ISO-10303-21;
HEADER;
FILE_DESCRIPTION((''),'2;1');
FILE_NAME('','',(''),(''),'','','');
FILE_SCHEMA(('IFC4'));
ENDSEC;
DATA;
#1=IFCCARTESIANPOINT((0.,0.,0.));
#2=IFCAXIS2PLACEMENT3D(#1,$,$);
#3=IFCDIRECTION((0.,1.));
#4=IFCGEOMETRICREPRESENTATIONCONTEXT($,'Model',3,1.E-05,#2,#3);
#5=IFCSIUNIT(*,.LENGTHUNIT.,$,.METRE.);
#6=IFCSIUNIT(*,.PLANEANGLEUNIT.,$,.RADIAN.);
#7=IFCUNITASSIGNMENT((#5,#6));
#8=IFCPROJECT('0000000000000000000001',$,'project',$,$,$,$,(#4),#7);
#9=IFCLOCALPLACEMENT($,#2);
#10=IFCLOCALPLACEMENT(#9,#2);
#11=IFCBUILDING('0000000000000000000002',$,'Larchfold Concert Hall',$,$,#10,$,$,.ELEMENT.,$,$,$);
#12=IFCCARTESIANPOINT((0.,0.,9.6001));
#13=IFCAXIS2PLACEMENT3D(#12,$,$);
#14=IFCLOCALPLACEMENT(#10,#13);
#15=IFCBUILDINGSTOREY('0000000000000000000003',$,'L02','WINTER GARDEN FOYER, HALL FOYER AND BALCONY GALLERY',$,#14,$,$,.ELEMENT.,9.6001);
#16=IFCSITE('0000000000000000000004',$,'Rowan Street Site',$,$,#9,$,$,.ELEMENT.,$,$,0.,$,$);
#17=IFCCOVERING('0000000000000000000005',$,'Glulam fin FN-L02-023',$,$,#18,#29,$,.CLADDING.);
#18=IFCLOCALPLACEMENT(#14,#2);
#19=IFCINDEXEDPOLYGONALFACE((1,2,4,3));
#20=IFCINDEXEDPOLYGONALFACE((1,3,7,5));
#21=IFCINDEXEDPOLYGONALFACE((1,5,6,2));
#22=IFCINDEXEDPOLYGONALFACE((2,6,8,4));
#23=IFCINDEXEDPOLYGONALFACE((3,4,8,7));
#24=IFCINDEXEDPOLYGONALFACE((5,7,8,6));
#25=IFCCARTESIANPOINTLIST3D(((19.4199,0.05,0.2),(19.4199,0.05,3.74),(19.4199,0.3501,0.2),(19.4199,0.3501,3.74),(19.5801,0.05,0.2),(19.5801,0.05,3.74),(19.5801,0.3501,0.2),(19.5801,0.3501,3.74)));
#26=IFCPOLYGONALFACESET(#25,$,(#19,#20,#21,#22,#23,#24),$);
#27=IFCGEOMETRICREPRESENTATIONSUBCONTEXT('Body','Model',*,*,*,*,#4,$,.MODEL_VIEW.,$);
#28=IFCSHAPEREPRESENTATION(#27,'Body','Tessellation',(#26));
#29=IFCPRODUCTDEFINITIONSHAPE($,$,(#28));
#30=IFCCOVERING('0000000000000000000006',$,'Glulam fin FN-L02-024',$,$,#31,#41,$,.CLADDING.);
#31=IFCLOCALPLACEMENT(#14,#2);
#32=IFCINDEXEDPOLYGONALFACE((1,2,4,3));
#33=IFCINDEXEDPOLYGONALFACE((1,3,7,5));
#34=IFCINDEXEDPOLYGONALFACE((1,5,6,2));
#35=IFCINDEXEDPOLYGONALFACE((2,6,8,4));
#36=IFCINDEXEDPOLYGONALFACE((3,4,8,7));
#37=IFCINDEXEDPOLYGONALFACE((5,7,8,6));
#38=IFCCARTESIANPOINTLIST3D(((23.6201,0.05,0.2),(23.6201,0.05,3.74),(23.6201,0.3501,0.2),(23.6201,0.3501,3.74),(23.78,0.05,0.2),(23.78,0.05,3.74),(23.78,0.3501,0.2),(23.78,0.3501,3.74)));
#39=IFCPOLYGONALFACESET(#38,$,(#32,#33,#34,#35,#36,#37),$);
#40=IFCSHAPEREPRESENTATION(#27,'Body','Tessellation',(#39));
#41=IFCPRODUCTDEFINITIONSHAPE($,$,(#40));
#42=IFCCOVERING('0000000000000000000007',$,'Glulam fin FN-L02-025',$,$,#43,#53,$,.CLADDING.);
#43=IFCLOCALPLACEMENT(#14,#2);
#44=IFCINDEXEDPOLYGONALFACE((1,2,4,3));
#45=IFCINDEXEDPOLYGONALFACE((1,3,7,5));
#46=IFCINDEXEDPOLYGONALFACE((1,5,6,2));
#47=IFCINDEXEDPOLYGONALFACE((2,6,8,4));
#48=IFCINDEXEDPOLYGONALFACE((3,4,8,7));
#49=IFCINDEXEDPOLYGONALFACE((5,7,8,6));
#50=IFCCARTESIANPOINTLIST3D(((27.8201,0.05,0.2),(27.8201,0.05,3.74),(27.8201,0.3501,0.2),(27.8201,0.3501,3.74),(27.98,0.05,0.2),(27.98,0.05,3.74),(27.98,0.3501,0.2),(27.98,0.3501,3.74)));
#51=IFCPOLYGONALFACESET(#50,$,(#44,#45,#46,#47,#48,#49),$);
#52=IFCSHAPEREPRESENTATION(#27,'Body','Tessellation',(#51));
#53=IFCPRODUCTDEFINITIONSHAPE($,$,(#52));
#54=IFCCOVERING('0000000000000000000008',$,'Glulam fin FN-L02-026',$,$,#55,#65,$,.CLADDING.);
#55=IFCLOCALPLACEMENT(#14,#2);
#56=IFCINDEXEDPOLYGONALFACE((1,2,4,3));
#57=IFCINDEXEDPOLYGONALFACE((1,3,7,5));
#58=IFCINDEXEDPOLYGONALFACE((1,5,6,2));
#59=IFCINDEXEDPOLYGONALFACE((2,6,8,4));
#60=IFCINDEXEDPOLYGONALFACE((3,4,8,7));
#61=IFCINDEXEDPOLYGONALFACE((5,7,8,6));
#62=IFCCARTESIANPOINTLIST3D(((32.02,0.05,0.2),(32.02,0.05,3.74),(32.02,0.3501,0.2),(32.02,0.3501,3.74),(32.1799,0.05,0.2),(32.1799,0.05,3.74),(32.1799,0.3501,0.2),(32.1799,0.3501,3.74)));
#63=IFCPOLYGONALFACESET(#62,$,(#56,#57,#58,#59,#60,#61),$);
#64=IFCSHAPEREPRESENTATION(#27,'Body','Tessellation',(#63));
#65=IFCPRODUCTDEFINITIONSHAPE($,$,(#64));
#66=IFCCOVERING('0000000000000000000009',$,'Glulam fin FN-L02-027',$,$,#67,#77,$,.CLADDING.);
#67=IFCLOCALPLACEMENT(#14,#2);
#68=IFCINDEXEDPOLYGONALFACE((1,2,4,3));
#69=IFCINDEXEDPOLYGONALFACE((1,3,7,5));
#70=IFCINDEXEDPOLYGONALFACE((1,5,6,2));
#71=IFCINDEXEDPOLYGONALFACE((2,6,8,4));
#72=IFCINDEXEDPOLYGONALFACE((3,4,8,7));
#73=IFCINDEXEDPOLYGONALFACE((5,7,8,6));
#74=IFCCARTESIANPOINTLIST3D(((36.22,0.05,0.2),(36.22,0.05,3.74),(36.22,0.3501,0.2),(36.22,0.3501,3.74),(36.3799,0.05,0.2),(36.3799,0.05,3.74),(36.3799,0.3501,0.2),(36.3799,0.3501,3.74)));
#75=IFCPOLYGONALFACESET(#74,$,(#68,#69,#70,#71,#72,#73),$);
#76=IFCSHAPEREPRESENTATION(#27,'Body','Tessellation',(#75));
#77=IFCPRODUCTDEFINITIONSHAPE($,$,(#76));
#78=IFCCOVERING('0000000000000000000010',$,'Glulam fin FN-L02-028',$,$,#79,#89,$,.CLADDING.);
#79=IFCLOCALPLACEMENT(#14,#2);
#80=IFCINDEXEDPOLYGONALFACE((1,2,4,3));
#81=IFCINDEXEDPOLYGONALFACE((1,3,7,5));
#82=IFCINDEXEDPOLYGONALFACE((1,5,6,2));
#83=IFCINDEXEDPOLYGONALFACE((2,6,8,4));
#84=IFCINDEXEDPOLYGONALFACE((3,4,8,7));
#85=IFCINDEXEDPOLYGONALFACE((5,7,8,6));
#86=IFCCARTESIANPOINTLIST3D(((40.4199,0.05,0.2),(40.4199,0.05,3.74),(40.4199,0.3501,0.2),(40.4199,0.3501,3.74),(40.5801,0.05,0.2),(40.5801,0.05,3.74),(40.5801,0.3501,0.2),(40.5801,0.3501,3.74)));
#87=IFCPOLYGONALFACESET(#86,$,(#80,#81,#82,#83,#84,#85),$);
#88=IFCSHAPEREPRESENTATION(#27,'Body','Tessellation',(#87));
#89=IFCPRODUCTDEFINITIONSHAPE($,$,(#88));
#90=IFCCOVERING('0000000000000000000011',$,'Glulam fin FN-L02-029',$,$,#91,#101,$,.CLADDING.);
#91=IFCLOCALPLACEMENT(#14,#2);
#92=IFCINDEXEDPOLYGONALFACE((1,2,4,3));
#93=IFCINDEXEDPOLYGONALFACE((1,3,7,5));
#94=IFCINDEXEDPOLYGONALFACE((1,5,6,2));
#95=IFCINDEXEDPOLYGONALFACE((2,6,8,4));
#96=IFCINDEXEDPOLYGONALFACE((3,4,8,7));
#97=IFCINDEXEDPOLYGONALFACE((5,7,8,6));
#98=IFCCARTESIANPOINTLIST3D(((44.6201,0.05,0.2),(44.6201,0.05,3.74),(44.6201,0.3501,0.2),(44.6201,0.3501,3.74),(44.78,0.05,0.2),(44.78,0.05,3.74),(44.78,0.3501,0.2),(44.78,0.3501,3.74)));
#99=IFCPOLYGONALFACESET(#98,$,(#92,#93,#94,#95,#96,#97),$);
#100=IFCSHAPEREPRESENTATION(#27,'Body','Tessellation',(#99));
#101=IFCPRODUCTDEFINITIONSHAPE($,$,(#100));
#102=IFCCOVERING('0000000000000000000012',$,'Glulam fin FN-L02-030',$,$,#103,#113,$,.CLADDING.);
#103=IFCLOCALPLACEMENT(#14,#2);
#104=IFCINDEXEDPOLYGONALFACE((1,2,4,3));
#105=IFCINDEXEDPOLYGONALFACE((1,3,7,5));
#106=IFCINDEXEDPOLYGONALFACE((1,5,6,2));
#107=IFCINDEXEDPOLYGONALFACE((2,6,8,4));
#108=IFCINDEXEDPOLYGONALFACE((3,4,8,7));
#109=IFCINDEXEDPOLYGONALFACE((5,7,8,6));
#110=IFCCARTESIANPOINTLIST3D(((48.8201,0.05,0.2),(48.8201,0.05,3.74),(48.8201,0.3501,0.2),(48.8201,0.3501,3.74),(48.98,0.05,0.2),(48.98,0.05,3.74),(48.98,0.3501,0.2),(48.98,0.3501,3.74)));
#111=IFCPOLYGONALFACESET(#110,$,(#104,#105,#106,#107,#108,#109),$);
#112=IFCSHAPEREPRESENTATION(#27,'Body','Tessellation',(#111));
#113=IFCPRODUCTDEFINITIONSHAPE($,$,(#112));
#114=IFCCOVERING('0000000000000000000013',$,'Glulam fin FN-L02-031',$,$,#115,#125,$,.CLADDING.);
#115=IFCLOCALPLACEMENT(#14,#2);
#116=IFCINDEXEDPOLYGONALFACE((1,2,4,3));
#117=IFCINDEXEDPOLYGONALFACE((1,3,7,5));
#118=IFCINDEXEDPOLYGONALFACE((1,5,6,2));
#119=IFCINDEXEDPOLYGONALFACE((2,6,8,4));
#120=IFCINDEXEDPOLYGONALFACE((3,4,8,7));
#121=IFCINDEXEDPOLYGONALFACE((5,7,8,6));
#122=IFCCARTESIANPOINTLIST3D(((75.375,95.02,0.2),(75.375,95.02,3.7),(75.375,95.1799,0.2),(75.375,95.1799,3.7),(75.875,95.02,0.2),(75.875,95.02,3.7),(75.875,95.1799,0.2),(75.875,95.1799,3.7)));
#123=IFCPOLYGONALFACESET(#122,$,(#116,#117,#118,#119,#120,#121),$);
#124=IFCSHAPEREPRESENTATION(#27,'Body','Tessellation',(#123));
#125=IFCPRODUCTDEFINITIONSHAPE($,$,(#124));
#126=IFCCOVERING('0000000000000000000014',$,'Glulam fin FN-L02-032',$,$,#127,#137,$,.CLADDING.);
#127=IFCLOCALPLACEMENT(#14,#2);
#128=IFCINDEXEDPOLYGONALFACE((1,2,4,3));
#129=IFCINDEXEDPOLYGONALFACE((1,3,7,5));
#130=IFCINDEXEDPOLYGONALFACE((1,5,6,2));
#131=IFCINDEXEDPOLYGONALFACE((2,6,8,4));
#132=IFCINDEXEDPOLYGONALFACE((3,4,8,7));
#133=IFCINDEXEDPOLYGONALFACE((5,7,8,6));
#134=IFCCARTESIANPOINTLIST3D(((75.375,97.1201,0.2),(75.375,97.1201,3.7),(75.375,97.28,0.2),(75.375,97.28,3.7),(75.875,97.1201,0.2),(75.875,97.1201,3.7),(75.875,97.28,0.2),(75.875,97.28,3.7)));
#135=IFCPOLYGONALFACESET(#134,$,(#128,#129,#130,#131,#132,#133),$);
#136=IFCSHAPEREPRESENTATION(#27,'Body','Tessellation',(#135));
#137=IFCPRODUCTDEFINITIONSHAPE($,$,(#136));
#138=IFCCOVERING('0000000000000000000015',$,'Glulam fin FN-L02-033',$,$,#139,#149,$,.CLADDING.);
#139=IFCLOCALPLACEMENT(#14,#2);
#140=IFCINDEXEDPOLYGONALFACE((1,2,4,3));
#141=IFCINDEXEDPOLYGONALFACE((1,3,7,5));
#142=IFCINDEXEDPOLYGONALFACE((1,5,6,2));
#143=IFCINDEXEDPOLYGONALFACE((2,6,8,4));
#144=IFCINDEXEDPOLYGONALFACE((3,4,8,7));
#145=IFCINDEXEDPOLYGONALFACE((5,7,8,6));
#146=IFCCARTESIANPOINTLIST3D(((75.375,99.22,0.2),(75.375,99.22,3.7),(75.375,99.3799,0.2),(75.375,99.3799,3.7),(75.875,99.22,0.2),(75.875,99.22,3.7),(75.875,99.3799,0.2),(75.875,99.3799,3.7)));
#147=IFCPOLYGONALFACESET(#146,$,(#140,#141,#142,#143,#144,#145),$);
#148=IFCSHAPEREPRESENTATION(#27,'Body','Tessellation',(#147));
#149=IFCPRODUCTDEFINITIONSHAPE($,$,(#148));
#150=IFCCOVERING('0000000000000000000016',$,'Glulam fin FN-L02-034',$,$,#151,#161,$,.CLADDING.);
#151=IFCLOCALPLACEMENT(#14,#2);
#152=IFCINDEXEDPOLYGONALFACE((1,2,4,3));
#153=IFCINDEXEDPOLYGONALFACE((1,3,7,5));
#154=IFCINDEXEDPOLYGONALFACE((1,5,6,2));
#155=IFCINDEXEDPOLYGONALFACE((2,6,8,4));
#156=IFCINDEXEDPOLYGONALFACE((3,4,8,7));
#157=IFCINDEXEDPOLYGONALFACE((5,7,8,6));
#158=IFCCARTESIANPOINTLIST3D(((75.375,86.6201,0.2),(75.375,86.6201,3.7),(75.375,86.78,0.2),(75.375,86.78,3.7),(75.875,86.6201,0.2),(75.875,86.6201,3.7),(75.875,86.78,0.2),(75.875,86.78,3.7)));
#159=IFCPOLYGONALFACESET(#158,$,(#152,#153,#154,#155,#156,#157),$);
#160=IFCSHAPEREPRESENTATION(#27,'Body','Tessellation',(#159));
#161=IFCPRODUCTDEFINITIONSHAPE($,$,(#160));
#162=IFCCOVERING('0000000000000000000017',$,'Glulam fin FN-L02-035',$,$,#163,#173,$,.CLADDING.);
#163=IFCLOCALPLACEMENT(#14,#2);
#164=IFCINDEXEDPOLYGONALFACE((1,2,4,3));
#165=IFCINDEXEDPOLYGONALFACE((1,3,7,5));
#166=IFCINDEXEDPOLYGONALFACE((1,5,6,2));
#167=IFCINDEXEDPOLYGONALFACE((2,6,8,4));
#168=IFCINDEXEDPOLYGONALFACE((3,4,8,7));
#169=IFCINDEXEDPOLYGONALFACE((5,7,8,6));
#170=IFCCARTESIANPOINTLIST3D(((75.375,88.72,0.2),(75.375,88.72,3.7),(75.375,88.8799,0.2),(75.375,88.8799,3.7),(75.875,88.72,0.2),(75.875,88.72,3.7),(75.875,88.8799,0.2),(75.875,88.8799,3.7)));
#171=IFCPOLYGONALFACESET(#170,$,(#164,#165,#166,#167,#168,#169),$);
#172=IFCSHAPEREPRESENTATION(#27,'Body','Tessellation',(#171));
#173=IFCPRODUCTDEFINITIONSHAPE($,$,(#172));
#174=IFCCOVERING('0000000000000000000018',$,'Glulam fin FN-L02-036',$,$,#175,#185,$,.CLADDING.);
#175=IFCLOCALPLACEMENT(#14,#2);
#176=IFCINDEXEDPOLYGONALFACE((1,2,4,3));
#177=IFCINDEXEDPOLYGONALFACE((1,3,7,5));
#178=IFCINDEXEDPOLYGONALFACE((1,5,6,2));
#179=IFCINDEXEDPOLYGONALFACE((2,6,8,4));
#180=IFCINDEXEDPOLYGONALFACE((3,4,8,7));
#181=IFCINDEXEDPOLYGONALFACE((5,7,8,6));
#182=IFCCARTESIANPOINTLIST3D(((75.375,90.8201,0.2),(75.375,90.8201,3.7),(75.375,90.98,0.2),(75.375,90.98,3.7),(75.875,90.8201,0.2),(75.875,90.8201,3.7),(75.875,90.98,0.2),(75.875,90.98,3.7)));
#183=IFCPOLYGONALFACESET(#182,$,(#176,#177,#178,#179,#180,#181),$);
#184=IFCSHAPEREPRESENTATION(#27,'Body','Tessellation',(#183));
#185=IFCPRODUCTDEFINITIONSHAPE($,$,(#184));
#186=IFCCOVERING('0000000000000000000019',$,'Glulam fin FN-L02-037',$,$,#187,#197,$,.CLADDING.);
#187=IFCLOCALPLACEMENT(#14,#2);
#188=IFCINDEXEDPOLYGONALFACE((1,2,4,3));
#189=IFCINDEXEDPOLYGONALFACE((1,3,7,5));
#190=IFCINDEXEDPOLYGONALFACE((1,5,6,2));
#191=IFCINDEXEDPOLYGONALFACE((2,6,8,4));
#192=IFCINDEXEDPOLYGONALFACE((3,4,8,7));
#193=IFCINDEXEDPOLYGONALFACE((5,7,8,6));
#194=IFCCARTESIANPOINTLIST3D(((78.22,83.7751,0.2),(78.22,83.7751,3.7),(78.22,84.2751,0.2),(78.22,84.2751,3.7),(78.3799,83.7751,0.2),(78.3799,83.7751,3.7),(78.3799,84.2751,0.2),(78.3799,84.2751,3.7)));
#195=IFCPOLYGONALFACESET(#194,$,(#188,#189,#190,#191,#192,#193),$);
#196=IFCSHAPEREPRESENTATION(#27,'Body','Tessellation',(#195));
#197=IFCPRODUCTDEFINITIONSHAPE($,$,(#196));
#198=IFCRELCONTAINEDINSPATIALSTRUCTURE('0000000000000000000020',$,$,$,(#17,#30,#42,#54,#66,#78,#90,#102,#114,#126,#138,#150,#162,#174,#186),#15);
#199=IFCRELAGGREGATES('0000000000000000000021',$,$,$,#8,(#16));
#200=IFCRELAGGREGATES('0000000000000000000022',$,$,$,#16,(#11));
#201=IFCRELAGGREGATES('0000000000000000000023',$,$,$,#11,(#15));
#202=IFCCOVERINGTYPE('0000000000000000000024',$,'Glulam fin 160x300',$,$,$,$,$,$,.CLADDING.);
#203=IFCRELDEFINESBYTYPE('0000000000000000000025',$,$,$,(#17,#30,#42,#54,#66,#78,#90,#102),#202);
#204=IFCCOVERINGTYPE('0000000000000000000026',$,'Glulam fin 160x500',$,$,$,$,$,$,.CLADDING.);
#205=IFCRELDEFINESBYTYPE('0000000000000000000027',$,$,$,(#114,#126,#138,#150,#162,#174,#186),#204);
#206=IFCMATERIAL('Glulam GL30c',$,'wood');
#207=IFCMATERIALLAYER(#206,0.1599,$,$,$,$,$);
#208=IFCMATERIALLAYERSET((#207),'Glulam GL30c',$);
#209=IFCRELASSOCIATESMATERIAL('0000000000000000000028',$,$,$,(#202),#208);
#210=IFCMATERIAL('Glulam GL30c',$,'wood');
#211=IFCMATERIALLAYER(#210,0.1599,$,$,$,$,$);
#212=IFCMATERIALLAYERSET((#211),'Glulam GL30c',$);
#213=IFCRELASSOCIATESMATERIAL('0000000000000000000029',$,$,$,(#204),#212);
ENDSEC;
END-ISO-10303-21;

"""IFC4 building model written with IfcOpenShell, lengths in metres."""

from ifc_helpers import new_model, si_unit, direction, frame, origin, place, context, subcontext, project, spatial, polyline, outline, extrude, material, layer, layer_set, type_object, element, save


model = new_model("IFC4")

# Units and contexts
model_context = context("Model", 3, precision=1e-05, world=origin(), true_north=direction((0.0, 1.0)))
body_context = subcontext(model_context, "Body", "Model", "MODEL_VIEW")
ifc_project = project(units=[si_unit("LENGTHUNIT", "METRE"), si_unit("PLANEANGLEUNIT", "RADIAN")], contexts=[model_context])

# Site, building, storey
site_placement = place(None, origin())
site = spatial("IfcSite", under=ifc_project, at=site_placement, Name="Rowan Street Site", CompositionType="ELEMENT", RefElevation=0.0)
building_placement = place(site_placement, origin())
building = spatial("IfcBuilding", under=site, at=building_placement, Name="Larchfold Concert Hall", CompositionType="ELEMENT")
storey_placement = place(building_placement, frame((0.0, 0.0, 9.6001)))
storey = spatial("IfcBuildingStorey", under=building, at=storey_placement, Name="L02", Description="WINTER GARDEN FOYER, HALL FOYER AND BALCONY GALLERY", CompositionType="ELEMENT", Elevation=9.6001)

# Coverings
ifc_material_1 = material(Name="Glulam GL30c", Category="wood")
ifc_layer_1 = layer(ifc_material_1, 0.1599)
ifc_layer_set_1 = layer_set([ifc_layer_1], Name="Glulam GL30c")
covering_type_1 = type_object("IfcCoveringType", Name="Glulam fin 160x300", PredefinedType="CLADDING", material=ifc_layer_set_1)
covering_1_placement = place(storey_placement, frame((0.0, 0.0, 0.2)))
element("IfcCovering", 1, at=covering_1_placement, inside=storey, type_object=covering_type_1, Name="Glulam fin FN-L02-023", PredefinedType="CLADDING", context=body_context, shape_type="SweptSolid", body=[
    extrude(outline(polyline([(19.5801, 0.05), (19.5801, 0.3501), (19.4199, 0.3501), (19.4199, 0.05), (19.5801, 0.05)])), origin(), (0.0, 0.0, 1.0), 3.54),
])
covering_2_placement = place(storey_placement, frame((0.0, 0.0, 0.2)))
element("IfcCovering", 2, at=covering_2_placement, inside=storey, type_object=covering_type_1, Name="Glulam fin FN-L02-024", PredefinedType="CLADDING", context=body_context, shape_type="SweptSolid", body=[
    extrude(outline(polyline([(23.78, 0.05), (23.78, 0.3501), (23.6201, 0.3501), (23.6201, 0.05), (23.78, 0.05)])), origin(), (0.0, 0.0, 1.0), 3.54),
])
covering_3_placement = place(storey_placement, frame((0.0, 0.0, 0.2)))
element("IfcCovering", 3, at=covering_3_placement, inside=storey, type_object=covering_type_1, Name="Glulam fin FN-L02-025", PredefinedType="CLADDING", context=body_context, shape_type="SweptSolid", body=[
    extrude(outline(polyline([(27.98, 0.05), (27.98, 0.3501), (27.8201, 0.3501), (27.8201, 0.05), (27.98, 0.05)])), origin(), (0.0, 0.0, 1.0), 3.54),
])
covering_4_placement = place(storey_placement, frame((0.0, 0.0, 0.2)))
element("IfcCovering", 4, at=covering_4_placement, inside=storey, type_object=covering_type_1, Name="Glulam fin FN-L02-026", PredefinedType="CLADDING", context=body_context, shape_type="SweptSolid", body=[
    extrude(outline(polyline([(32.1799, 0.05), (32.1799, 0.3501), (32.02, 0.3501), (32.02, 0.05), (32.1799, 0.05)])), origin(), (0.0, 0.0, 1.0), 3.54),
])
covering_5_placement = place(storey_placement, frame((0.0, 0.0, 0.2)))
element("IfcCovering", 5, at=covering_5_placement, inside=storey, type_object=covering_type_1, Name="Glulam fin FN-L02-027", PredefinedType="CLADDING", context=body_context, shape_type="SweptSolid", body=[
    extrude(outline(polyline([(36.3799, 0.05), (36.3799, 0.3501), (36.22, 0.3501), (36.22, 0.05), (36.3799, 0.05)])), origin(), (0.0, 0.0, 1.0), 3.54),
])
covering_6_placement = place(storey_placement, frame((0.0, 0.0, 0.2)))
element("IfcCovering", 6, at=covering_6_placement, inside=storey, type_object=covering_type_1, Name="Glulam fin FN-L02-028", PredefinedType="CLADDING", context=body_context, shape_type="SweptSolid", body=[
    extrude(outline(polyline([(40.5801, 0.05), (40.5801, 0.3501), (40.4199, 0.3501), (40.4199, 0.05), (40.5801, 0.05)])), origin(), (0.0, 0.0, 1.0), 3.54),
])
covering_7_placement = place(storey_placement, frame((0.0, 0.0, 0.2)))
element("IfcCovering", 7, at=covering_7_placement, inside=storey, type_object=covering_type_1, Name="Glulam fin FN-L02-029", PredefinedType="CLADDING", context=body_context, shape_type="SweptSolid", body=[
    extrude(outline(polyline([(44.78, 0.05), (44.78, 0.3501), (44.6201, 0.3501), (44.6201, 0.05), (44.78, 0.05)])), origin(), (0.0, 0.0, 1.0), 3.54),
])
covering_8_placement = place(storey_placement, frame((0.0, 0.0, 0.2)))
element("IfcCovering", 8, at=covering_8_placement, inside=storey, type_object=covering_type_1, Name="Glulam fin FN-L02-030", PredefinedType="CLADDING", context=body_context, shape_type="SweptSolid", body=[
    extrude(outline(polyline([(48.98, 0.05), (48.98, 0.3501), (48.8201, 0.3501), (48.8201, 0.05), (48.98, 0.05)])), origin(), (0.0, 0.0, 1.0), 3.54),
])
ifc_material_2 = material(Name="Glulam GL30c", Category="wood")
ifc_layer_2 = layer(ifc_material_2, 0.1599)
ifc_layer_set_2 = layer_set([ifc_layer_2], Name="Glulam GL30c")
covering_type_2 = type_object("IfcCoveringType", Name="Glulam fin 160x500", PredefinedType="CLADDING", material=ifc_layer_set_2)
covering_9_placement = place(storey_placement, frame((0.0, 0.0, 0.2)))
element("IfcCovering", 9, at=covering_9_placement, inside=storey, type_object=covering_type_2, Name="Glulam fin FN-L02-031", PredefinedType="CLADDING", context=body_context, shape_type="SweptSolid", body=[
    extrude(outline(polyline([(75.875, 95.02), (75.875, 95.1799), (75.375, 95.1799), (75.375, 95.02), (75.875, 95.02)])), origin(), (0.0, 0.0, 1.0), 3.5),
])
covering_10_placement = place(storey_placement, frame((0.0, 0.0, 0.2)))
element("IfcCovering", 10, at=covering_10_placement, inside=storey, type_object=covering_type_2, Name="Glulam fin FN-L02-032", PredefinedType="CLADDING", context=body_context, shape_type="SweptSolid", body=[
    extrude(outline(polyline([(75.875, 97.1201), (75.875, 97.28), (75.375, 97.28), (75.375, 97.1201), (75.875, 97.1201)])), origin(), (0.0, 0.0, 1.0), 3.5),
])
covering_11_placement = place(storey_placement, frame((0.0, 0.0, 0.2)))
element("IfcCovering", 11, at=covering_11_placement, inside=storey, type_object=covering_type_2, Name="Glulam fin FN-L02-033", PredefinedType="CLADDING", context=body_context, shape_type="SweptSolid", body=[
    extrude(outline(polyline([(75.875, 99.22), (75.875, 99.3799), (75.375, 99.3799), (75.375, 99.22), (75.875, 99.22)])), origin(), (0.0, 0.0, 1.0), 3.5),
])
covering_12_placement = place(storey_placement, frame((0.0, 0.0, 0.2)))
element("IfcCovering", 12, at=covering_12_placement, inside=storey, type_object=covering_type_2, Name="Glulam fin FN-L02-034", PredefinedType="CLADDING", context=body_context, shape_type="SweptSolid", body=[
    extrude(outline(polyline([(75.875, 86.6201), (75.875, 86.78), (75.375, 86.78), (75.375, 86.6201), (75.875, 86.6201)])), origin(), (0.0, 0.0, 1.0), 3.5),
])
covering_13_placement = place(storey_placement, frame((0.0, 0.0, 0.2)))
element("IfcCovering", 13, at=covering_13_placement, inside=storey, type_object=covering_type_2, Name="Glulam fin FN-L02-035", PredefinedType="CLADDING", context=body_context, shape_type="SweptSolid", body=[
    extrude(outline(polyline([(75.875, 88.72), (75.875, 88.8799), (75.375, 88.8799), (75.375, 88.72), (75.875, 88.72)])), origin(), (0.0, 0.0, 1.0), 3.5),
])
covering_14_placement = place(storey_placement, frame((0.0, 0.0, 0.2)))
element("IfcCovering", 14, at=covering_14_placement, inside=storey, type_object=covering_type_2, Name="Glulam fin FN-L02-036", PredefinedType="CLADDING", context=body_context, shape_type="SweptSolid", body=[
    extrude(outline(polyline([(75.875, 90.8201), (75.875, 90.98), (75.375, 90.98), (75.375, 90.8201), (75.875, 90.8201)])), origin(), (0.0, 0.0, 1.0), 3.5),
])
covering_15_placement = place(storey_placement, frame((0.0, 0.0, 0.2)))
element("IfcCovering", 15, at=covering_15_placement, inside=storey, type_object=covering_type_2, Name="Glulam fin FN-L02-037", PredefinedType="CLADDING", context=body_context, shape_type="SweptSolid", body=[
    extrude(outline(polyline([(78.3799, 83.7751), (78.3799, 84.2751), (78.22, 84.2751), (78.22, 83.7751), (78.3799, 83.7751)])), origin(), (0.0, 0.0, 1.0), 3.5),
])

save(model, "model.ifc")
